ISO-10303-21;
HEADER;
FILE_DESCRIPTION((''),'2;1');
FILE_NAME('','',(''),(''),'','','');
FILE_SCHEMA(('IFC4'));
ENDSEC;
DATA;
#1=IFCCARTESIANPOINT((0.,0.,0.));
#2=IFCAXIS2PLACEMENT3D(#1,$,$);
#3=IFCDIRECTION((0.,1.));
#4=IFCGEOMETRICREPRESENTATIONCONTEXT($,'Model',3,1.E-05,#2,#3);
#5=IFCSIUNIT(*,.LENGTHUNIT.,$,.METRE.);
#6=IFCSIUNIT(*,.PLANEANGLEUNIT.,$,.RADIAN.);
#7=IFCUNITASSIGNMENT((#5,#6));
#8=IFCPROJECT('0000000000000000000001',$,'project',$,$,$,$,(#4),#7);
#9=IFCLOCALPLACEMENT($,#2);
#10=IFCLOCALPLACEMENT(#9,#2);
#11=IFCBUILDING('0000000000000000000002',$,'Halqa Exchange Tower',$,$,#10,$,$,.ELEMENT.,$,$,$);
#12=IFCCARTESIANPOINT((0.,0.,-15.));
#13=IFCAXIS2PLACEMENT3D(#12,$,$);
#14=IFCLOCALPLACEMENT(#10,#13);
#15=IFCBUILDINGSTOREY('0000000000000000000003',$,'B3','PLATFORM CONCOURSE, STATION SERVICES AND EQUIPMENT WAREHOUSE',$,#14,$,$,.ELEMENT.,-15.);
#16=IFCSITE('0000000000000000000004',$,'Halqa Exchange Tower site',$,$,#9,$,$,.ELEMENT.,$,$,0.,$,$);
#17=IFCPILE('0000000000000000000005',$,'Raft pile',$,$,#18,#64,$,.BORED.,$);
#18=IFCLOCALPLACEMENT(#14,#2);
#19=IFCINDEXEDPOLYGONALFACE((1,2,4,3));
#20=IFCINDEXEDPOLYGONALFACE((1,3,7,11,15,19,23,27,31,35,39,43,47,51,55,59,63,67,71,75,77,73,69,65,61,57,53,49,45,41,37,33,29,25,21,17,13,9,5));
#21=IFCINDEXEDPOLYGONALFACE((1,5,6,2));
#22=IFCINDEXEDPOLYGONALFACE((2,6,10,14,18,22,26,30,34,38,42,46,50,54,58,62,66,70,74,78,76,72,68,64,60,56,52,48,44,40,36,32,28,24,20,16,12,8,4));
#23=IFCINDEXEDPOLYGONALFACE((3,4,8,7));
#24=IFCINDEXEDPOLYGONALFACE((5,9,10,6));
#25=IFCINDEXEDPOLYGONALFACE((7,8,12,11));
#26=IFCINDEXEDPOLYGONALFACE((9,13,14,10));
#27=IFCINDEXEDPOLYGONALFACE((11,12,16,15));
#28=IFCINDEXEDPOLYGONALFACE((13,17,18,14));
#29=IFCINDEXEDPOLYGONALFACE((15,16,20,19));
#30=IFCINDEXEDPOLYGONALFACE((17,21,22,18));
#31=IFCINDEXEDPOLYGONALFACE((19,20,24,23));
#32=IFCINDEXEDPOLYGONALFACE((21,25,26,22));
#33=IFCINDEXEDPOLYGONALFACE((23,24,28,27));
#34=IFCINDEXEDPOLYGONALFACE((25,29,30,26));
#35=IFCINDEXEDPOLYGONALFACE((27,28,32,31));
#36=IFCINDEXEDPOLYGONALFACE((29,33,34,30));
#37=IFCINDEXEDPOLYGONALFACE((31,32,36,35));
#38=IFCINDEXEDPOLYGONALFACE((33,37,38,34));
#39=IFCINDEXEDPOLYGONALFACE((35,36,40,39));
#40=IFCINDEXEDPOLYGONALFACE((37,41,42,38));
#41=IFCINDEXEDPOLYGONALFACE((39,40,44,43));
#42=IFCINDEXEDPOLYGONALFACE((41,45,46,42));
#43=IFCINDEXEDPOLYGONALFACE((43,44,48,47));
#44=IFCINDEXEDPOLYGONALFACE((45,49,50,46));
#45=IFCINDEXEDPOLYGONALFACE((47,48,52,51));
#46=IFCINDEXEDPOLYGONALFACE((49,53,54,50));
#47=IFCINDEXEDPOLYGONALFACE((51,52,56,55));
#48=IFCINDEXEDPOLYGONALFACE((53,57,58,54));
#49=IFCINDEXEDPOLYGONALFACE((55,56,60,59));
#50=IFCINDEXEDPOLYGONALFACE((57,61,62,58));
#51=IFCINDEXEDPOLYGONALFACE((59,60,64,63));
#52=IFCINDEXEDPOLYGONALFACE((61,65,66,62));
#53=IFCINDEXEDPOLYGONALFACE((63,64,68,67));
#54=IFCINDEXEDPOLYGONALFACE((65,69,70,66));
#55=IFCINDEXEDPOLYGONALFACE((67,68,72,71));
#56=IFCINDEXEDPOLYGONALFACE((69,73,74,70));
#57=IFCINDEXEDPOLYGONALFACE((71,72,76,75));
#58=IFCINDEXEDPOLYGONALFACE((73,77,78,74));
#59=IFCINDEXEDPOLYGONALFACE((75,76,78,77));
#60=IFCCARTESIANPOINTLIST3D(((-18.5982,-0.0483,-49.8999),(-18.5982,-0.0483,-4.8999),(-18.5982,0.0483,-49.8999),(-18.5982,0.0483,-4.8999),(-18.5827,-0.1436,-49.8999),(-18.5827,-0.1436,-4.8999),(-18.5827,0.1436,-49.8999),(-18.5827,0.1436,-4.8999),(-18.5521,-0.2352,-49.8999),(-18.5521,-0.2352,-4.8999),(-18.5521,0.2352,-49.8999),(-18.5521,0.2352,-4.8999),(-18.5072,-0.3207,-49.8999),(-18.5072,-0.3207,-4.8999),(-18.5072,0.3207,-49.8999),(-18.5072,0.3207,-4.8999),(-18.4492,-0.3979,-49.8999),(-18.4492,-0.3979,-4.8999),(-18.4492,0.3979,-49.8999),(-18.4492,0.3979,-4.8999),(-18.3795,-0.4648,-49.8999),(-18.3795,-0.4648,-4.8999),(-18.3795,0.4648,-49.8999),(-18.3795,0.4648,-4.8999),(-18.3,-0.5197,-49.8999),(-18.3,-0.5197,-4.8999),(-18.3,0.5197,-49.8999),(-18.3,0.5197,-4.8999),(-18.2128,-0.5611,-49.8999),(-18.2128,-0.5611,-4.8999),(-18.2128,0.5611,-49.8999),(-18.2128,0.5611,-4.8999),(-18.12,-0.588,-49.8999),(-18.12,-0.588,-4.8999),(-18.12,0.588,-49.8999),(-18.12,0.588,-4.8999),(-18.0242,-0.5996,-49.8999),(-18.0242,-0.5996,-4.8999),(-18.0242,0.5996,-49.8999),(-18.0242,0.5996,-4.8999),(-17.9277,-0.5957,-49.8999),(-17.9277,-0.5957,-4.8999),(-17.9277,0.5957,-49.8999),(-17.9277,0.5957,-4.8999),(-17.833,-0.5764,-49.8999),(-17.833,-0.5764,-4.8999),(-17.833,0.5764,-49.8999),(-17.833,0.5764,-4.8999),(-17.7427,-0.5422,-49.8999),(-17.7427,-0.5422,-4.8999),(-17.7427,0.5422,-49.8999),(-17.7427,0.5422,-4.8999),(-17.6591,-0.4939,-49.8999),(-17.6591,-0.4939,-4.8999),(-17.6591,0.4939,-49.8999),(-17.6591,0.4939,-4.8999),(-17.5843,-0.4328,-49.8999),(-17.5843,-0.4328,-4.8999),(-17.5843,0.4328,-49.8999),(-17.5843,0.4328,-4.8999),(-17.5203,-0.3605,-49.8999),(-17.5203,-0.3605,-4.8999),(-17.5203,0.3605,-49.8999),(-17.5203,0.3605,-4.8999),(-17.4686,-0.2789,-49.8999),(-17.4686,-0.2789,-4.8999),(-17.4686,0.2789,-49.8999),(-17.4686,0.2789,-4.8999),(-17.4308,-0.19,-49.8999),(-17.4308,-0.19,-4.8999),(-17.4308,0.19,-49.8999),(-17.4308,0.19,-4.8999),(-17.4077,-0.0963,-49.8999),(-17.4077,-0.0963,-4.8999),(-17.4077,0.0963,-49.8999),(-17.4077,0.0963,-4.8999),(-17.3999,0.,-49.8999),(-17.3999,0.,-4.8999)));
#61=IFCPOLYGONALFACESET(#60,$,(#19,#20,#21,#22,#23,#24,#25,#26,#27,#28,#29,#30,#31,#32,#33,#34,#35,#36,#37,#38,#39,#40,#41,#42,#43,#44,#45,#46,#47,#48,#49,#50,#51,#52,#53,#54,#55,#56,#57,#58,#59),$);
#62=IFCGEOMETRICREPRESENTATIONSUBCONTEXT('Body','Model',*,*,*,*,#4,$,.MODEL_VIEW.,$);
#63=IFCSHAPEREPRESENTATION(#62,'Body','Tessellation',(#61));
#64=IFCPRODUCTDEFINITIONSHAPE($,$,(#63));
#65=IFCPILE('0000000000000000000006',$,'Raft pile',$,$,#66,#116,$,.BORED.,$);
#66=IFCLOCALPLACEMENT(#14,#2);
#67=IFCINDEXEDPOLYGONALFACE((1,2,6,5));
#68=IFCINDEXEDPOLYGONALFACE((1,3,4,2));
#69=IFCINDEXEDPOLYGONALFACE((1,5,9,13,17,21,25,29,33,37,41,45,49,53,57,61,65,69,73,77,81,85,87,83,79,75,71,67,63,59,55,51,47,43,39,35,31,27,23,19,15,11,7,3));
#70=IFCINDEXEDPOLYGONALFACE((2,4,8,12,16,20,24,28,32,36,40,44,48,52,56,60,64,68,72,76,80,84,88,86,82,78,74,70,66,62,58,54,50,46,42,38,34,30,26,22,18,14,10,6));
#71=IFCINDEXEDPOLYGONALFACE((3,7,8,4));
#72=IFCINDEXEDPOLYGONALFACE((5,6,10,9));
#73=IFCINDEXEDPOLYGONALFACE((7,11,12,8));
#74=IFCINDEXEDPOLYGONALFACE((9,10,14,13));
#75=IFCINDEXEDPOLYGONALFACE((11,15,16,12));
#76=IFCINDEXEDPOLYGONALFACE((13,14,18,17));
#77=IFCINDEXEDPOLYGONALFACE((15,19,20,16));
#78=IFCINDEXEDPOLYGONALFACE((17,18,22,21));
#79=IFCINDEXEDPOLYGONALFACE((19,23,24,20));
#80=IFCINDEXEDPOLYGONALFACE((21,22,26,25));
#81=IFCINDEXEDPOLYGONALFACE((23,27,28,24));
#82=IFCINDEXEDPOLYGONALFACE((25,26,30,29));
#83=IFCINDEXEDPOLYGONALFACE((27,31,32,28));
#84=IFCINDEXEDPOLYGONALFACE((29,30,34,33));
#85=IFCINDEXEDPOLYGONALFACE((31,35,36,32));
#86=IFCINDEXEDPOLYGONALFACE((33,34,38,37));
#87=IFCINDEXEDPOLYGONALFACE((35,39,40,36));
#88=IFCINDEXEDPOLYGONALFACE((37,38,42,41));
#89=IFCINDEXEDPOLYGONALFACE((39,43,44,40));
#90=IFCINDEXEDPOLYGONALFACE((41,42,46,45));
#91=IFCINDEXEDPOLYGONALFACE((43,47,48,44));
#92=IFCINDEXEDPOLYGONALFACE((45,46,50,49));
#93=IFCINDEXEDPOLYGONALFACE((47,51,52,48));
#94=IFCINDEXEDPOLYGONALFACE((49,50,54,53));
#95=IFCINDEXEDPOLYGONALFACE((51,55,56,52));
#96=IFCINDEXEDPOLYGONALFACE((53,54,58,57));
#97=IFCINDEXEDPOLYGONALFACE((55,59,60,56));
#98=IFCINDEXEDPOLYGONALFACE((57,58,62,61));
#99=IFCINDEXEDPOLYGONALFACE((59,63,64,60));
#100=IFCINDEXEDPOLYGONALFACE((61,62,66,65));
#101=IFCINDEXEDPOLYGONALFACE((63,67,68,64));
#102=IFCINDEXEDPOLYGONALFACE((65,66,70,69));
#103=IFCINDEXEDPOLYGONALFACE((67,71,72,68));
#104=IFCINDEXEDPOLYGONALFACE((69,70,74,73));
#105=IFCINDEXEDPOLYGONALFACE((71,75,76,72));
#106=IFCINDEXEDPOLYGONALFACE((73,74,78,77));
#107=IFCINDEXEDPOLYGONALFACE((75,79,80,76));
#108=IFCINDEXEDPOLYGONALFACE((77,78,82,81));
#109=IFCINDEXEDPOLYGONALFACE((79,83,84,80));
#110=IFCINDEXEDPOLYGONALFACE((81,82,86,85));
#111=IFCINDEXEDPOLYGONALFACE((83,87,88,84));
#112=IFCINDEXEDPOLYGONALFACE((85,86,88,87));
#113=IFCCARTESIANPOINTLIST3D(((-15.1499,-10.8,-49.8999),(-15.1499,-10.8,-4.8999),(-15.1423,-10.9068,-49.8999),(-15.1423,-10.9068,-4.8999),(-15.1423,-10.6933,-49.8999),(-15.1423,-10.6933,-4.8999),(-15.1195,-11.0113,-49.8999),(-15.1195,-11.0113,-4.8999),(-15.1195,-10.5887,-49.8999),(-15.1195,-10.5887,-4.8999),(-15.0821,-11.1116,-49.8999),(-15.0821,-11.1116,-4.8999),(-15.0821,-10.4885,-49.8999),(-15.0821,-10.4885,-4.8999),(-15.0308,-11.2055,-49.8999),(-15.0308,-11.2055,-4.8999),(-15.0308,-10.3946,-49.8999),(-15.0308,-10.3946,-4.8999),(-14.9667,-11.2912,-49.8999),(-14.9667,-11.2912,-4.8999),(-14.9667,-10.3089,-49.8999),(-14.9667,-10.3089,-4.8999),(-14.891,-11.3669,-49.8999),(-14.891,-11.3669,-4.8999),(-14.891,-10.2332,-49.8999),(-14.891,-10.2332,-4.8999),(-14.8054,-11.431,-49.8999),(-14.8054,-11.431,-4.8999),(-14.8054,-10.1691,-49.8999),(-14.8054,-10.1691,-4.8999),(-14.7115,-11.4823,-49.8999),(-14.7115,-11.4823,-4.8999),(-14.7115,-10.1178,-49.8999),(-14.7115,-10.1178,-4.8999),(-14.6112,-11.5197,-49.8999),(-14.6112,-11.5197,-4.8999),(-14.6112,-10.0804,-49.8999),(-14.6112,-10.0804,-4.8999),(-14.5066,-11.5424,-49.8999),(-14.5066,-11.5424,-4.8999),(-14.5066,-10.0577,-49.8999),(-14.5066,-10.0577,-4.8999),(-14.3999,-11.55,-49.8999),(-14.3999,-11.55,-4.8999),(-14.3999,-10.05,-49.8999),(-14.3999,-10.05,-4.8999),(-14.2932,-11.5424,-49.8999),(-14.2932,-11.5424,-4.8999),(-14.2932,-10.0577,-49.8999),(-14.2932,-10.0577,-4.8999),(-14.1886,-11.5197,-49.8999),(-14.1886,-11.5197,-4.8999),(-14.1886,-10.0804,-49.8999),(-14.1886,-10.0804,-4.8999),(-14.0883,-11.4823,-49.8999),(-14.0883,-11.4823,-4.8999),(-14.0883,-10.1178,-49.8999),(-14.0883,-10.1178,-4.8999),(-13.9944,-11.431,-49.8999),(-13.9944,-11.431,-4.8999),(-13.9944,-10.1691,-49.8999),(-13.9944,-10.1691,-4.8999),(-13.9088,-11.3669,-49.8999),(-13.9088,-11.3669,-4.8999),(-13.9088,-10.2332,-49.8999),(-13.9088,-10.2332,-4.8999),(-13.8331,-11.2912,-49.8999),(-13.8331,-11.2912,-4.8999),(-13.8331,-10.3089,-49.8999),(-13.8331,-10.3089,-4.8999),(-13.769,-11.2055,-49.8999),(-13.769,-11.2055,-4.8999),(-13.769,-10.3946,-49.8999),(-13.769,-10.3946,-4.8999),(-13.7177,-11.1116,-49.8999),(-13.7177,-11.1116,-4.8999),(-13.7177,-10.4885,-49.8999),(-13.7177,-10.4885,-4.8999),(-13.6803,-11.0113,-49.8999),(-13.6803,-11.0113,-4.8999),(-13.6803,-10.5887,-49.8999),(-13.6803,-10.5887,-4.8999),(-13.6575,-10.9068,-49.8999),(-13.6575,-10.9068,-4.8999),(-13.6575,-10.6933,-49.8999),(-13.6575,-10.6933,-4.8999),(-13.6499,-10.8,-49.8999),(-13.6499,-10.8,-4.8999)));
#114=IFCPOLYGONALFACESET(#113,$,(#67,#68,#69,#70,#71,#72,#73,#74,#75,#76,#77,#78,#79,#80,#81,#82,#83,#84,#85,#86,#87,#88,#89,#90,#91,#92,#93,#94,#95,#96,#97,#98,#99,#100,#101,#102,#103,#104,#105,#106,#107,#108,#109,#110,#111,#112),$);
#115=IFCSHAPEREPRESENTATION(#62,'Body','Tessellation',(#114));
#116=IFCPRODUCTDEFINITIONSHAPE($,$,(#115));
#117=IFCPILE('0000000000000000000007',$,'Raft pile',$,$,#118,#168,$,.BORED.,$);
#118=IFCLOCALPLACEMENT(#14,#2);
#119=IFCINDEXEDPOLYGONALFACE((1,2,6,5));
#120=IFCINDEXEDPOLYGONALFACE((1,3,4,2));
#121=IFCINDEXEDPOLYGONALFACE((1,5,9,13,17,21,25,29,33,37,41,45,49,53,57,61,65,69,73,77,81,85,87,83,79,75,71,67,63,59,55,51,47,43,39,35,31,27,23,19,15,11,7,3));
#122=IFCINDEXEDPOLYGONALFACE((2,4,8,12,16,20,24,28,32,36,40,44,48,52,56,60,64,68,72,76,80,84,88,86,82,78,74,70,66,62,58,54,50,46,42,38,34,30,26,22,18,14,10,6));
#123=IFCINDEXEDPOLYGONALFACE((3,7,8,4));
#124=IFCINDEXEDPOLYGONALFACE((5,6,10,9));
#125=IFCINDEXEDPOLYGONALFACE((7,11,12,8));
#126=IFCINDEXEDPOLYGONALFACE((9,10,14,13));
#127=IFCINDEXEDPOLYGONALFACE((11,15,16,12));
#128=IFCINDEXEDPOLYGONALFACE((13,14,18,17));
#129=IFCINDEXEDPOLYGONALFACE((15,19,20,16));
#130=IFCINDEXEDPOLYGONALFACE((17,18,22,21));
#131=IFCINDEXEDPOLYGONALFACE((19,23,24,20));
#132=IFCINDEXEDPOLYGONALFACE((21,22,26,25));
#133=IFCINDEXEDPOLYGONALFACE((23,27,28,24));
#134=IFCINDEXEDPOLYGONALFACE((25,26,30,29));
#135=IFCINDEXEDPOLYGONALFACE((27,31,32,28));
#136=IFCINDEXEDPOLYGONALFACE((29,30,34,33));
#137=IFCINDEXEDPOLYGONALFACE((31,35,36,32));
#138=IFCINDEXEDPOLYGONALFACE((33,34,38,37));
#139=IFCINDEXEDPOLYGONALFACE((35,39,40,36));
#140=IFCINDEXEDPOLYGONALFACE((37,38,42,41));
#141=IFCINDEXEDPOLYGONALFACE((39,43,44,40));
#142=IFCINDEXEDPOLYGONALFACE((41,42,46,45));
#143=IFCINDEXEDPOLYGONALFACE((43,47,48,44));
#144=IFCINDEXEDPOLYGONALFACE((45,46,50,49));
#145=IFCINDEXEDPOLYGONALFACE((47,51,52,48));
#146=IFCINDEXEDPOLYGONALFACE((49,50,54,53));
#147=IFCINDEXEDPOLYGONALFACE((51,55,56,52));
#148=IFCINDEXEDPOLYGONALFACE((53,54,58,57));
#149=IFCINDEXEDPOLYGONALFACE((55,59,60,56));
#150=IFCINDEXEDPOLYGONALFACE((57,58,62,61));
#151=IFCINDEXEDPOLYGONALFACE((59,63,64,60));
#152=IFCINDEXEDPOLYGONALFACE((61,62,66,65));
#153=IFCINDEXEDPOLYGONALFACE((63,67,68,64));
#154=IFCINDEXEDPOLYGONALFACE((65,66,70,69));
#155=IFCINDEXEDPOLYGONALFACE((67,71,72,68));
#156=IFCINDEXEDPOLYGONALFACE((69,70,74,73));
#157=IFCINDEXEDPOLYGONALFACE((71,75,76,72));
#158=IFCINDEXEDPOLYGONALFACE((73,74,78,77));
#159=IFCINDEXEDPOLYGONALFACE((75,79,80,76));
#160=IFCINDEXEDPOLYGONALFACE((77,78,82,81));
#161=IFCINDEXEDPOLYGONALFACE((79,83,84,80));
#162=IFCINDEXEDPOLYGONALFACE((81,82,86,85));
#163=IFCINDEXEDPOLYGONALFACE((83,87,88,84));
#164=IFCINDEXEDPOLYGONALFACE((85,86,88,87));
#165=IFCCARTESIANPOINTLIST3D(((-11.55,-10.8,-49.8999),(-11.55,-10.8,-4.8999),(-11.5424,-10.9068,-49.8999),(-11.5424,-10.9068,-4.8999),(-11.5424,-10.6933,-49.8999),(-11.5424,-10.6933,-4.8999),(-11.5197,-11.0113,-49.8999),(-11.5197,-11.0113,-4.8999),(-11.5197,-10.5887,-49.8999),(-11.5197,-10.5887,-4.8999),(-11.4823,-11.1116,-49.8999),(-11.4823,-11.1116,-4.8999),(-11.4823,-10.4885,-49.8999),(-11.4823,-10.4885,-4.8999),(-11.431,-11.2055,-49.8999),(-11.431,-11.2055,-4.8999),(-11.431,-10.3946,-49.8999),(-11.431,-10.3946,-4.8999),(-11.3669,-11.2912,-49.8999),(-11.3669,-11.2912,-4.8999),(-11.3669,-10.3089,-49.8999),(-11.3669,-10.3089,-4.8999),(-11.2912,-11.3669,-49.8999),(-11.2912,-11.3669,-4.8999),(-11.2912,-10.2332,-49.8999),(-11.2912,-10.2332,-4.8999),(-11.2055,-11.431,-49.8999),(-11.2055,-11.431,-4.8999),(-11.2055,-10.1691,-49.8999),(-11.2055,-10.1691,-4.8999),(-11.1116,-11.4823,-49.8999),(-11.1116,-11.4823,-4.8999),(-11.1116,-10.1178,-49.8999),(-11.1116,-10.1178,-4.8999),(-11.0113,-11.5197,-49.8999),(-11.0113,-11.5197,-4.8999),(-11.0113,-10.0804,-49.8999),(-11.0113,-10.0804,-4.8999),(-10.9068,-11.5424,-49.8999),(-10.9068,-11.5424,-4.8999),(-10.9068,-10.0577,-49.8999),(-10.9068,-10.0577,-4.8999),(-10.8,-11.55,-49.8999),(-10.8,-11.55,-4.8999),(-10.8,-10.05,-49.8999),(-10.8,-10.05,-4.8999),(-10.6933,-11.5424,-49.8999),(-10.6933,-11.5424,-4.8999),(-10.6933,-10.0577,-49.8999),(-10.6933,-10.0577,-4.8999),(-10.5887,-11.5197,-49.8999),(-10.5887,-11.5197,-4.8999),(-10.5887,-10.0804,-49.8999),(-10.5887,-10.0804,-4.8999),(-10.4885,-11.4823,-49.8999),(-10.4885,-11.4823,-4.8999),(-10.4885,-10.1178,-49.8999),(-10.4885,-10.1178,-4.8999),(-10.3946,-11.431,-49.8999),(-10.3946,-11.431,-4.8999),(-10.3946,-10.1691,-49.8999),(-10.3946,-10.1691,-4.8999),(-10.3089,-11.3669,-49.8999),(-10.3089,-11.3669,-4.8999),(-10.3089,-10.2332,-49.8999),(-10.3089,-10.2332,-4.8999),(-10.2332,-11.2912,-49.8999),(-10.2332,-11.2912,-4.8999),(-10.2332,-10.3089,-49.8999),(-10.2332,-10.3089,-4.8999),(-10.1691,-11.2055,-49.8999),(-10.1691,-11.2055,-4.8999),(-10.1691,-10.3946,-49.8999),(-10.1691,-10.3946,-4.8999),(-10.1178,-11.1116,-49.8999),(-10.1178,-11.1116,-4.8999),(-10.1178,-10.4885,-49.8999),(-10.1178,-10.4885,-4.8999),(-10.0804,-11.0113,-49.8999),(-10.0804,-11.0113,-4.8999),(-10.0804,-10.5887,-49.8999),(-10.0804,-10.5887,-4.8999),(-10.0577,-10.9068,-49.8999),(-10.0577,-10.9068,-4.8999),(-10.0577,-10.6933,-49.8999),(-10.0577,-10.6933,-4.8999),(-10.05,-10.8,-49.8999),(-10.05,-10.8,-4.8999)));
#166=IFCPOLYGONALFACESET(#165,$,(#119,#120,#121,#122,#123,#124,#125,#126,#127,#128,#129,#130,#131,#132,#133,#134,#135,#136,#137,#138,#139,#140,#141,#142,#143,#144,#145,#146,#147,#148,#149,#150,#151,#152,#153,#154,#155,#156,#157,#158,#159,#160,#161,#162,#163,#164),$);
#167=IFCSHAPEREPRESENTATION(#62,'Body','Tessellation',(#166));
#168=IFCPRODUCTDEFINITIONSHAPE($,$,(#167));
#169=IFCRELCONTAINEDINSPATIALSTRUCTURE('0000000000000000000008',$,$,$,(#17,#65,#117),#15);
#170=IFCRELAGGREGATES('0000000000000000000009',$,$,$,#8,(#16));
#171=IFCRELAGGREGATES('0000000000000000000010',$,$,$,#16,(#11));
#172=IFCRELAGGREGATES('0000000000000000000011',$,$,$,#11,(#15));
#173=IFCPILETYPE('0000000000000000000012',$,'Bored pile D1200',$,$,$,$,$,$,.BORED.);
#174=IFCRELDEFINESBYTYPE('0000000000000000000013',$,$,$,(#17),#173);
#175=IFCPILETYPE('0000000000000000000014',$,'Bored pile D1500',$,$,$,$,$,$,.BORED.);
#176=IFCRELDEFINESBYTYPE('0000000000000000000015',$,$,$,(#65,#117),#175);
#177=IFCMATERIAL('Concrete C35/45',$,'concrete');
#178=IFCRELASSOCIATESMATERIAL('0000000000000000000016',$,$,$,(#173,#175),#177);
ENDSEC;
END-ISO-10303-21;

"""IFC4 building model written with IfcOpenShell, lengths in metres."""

from ifc_helpers import new_model, si_unit, direction, frame, origin, origin_2d, place, context, subcontext, project, spatial, circle, extrude, material, material_profile, profile_set, type_object, element, save


model = new_model("IFC4")

# Units and contexts
model_context = context("Model", 3, precision=1e-05, world=origin(), true_north=direction((0.0, 1.0)))
body_context = subcontext(model_context, "Body", "Model", "MODEL_VIEW")
ifc_project = project(units=[si_unit("LENGTHUNIT", "METRE"), si_unit("PLANEANGLEUNIT", "RADIAN")], contexts=[model_context])

# Site, building, storey
site_placement = place(None, origin())
site = spatial("IfcSite", under=ifc_project, at=site_placement, Name="Halqa Exchange Tower site", CompositionType="ELEMENT", RefElevation=0.0)
building_placement = place(site_placement, origin())
building = spatial("IfcBuilding", under=site, at=building_placement, Name="Halqa Exchange Tower", CompositionType="ELEMENT")
storey_placement = place(building_placement, frame((0.0, 0.0, -15.0)))
storey = spatial("IfcBuildingStorey", under=building, at=storey_placement, Name="B3", Description="PLATFORM CONCOURSE, STATION SERVICES AND EQUIPMENT WAREHOUSE", CompositionType="ELEMENT", Elevation=-15.0)

# Piles
ifc_material_1 = material(Name="Concrete C35/45", Category="concrete")
ifc_material_profile_1 = material_profile(ifc_material_1, circle(Radius=0.6001, at=origin_2d()), Name="D1200")
ifc_profile_set_1 = profile_set([ifc_material_profile_1], Name="Concrete C35/45")
pile_type_1 = type_object("IfcPileType", Name="Bored pile D1200", PredefinedType="BORED", material=ifc_profile_set_1)
for number, where, z_axis, x_axis, name in (
    (1, (-18.0, 0.0, -4.8999), (0.0, 0.0, -1.0), (1.0, 0.0, 0.0), "Raft pile"),
):
    element("IfcPile", number, at=place(storey_placement, frame(where, z_axis=z_axis, x_axis=x_axis)), inside=storey, type_object=pile_type_1, Name=name, PredefinedType="BORED", context=body_context, shape_type="SweptSolid", body=[
        extrude(circle(Radius=0.6001, at=origin_2d()), origin(), (0.0, 0.0, 1.0), 45.0),
    ])
ifc_material_profile_2 = material_profile(ifc_material_1, circle(Radius=0.75, at=origin_2d()), Name="D1500")
ifc_profile_set_2 = profile_set([ifc_material_profile_2], Name="Concrete C35/45")
pile_type_2 = type_object("IfcPileType", Name="Bored pile D1500", PredefinedType="BORED", material=ifc_profile_set_2)
for number, where, z_axis, x_axis, name in (
    (2, (-14.3999, -10.8, -4.8999), (0.0, 0.0, -1.0), (1.0, 0.0, 0.0), "Raft pile"),
    (3, (-10.8, -10.8, -4.8999), (0.0, 0.0, -1.0), (1.0, 0.0, 0.0), "Raft pile"),
):
    element("IfcPile", number, at=place(storey_placement, frame(where, z_axis=z_axis, x_axis=x_axis)), inside=storey, type_object=pile_type_2, Name=name, PredefinedType="BORED", context=body_context, shape_type="SweptSolid", body=[
        extrude(circle(Radius=0.75, at=origin_2d()), origin(), (0.0, 0.0, 1.0), 45.0),
    ])

save(model, "model.ifc")
